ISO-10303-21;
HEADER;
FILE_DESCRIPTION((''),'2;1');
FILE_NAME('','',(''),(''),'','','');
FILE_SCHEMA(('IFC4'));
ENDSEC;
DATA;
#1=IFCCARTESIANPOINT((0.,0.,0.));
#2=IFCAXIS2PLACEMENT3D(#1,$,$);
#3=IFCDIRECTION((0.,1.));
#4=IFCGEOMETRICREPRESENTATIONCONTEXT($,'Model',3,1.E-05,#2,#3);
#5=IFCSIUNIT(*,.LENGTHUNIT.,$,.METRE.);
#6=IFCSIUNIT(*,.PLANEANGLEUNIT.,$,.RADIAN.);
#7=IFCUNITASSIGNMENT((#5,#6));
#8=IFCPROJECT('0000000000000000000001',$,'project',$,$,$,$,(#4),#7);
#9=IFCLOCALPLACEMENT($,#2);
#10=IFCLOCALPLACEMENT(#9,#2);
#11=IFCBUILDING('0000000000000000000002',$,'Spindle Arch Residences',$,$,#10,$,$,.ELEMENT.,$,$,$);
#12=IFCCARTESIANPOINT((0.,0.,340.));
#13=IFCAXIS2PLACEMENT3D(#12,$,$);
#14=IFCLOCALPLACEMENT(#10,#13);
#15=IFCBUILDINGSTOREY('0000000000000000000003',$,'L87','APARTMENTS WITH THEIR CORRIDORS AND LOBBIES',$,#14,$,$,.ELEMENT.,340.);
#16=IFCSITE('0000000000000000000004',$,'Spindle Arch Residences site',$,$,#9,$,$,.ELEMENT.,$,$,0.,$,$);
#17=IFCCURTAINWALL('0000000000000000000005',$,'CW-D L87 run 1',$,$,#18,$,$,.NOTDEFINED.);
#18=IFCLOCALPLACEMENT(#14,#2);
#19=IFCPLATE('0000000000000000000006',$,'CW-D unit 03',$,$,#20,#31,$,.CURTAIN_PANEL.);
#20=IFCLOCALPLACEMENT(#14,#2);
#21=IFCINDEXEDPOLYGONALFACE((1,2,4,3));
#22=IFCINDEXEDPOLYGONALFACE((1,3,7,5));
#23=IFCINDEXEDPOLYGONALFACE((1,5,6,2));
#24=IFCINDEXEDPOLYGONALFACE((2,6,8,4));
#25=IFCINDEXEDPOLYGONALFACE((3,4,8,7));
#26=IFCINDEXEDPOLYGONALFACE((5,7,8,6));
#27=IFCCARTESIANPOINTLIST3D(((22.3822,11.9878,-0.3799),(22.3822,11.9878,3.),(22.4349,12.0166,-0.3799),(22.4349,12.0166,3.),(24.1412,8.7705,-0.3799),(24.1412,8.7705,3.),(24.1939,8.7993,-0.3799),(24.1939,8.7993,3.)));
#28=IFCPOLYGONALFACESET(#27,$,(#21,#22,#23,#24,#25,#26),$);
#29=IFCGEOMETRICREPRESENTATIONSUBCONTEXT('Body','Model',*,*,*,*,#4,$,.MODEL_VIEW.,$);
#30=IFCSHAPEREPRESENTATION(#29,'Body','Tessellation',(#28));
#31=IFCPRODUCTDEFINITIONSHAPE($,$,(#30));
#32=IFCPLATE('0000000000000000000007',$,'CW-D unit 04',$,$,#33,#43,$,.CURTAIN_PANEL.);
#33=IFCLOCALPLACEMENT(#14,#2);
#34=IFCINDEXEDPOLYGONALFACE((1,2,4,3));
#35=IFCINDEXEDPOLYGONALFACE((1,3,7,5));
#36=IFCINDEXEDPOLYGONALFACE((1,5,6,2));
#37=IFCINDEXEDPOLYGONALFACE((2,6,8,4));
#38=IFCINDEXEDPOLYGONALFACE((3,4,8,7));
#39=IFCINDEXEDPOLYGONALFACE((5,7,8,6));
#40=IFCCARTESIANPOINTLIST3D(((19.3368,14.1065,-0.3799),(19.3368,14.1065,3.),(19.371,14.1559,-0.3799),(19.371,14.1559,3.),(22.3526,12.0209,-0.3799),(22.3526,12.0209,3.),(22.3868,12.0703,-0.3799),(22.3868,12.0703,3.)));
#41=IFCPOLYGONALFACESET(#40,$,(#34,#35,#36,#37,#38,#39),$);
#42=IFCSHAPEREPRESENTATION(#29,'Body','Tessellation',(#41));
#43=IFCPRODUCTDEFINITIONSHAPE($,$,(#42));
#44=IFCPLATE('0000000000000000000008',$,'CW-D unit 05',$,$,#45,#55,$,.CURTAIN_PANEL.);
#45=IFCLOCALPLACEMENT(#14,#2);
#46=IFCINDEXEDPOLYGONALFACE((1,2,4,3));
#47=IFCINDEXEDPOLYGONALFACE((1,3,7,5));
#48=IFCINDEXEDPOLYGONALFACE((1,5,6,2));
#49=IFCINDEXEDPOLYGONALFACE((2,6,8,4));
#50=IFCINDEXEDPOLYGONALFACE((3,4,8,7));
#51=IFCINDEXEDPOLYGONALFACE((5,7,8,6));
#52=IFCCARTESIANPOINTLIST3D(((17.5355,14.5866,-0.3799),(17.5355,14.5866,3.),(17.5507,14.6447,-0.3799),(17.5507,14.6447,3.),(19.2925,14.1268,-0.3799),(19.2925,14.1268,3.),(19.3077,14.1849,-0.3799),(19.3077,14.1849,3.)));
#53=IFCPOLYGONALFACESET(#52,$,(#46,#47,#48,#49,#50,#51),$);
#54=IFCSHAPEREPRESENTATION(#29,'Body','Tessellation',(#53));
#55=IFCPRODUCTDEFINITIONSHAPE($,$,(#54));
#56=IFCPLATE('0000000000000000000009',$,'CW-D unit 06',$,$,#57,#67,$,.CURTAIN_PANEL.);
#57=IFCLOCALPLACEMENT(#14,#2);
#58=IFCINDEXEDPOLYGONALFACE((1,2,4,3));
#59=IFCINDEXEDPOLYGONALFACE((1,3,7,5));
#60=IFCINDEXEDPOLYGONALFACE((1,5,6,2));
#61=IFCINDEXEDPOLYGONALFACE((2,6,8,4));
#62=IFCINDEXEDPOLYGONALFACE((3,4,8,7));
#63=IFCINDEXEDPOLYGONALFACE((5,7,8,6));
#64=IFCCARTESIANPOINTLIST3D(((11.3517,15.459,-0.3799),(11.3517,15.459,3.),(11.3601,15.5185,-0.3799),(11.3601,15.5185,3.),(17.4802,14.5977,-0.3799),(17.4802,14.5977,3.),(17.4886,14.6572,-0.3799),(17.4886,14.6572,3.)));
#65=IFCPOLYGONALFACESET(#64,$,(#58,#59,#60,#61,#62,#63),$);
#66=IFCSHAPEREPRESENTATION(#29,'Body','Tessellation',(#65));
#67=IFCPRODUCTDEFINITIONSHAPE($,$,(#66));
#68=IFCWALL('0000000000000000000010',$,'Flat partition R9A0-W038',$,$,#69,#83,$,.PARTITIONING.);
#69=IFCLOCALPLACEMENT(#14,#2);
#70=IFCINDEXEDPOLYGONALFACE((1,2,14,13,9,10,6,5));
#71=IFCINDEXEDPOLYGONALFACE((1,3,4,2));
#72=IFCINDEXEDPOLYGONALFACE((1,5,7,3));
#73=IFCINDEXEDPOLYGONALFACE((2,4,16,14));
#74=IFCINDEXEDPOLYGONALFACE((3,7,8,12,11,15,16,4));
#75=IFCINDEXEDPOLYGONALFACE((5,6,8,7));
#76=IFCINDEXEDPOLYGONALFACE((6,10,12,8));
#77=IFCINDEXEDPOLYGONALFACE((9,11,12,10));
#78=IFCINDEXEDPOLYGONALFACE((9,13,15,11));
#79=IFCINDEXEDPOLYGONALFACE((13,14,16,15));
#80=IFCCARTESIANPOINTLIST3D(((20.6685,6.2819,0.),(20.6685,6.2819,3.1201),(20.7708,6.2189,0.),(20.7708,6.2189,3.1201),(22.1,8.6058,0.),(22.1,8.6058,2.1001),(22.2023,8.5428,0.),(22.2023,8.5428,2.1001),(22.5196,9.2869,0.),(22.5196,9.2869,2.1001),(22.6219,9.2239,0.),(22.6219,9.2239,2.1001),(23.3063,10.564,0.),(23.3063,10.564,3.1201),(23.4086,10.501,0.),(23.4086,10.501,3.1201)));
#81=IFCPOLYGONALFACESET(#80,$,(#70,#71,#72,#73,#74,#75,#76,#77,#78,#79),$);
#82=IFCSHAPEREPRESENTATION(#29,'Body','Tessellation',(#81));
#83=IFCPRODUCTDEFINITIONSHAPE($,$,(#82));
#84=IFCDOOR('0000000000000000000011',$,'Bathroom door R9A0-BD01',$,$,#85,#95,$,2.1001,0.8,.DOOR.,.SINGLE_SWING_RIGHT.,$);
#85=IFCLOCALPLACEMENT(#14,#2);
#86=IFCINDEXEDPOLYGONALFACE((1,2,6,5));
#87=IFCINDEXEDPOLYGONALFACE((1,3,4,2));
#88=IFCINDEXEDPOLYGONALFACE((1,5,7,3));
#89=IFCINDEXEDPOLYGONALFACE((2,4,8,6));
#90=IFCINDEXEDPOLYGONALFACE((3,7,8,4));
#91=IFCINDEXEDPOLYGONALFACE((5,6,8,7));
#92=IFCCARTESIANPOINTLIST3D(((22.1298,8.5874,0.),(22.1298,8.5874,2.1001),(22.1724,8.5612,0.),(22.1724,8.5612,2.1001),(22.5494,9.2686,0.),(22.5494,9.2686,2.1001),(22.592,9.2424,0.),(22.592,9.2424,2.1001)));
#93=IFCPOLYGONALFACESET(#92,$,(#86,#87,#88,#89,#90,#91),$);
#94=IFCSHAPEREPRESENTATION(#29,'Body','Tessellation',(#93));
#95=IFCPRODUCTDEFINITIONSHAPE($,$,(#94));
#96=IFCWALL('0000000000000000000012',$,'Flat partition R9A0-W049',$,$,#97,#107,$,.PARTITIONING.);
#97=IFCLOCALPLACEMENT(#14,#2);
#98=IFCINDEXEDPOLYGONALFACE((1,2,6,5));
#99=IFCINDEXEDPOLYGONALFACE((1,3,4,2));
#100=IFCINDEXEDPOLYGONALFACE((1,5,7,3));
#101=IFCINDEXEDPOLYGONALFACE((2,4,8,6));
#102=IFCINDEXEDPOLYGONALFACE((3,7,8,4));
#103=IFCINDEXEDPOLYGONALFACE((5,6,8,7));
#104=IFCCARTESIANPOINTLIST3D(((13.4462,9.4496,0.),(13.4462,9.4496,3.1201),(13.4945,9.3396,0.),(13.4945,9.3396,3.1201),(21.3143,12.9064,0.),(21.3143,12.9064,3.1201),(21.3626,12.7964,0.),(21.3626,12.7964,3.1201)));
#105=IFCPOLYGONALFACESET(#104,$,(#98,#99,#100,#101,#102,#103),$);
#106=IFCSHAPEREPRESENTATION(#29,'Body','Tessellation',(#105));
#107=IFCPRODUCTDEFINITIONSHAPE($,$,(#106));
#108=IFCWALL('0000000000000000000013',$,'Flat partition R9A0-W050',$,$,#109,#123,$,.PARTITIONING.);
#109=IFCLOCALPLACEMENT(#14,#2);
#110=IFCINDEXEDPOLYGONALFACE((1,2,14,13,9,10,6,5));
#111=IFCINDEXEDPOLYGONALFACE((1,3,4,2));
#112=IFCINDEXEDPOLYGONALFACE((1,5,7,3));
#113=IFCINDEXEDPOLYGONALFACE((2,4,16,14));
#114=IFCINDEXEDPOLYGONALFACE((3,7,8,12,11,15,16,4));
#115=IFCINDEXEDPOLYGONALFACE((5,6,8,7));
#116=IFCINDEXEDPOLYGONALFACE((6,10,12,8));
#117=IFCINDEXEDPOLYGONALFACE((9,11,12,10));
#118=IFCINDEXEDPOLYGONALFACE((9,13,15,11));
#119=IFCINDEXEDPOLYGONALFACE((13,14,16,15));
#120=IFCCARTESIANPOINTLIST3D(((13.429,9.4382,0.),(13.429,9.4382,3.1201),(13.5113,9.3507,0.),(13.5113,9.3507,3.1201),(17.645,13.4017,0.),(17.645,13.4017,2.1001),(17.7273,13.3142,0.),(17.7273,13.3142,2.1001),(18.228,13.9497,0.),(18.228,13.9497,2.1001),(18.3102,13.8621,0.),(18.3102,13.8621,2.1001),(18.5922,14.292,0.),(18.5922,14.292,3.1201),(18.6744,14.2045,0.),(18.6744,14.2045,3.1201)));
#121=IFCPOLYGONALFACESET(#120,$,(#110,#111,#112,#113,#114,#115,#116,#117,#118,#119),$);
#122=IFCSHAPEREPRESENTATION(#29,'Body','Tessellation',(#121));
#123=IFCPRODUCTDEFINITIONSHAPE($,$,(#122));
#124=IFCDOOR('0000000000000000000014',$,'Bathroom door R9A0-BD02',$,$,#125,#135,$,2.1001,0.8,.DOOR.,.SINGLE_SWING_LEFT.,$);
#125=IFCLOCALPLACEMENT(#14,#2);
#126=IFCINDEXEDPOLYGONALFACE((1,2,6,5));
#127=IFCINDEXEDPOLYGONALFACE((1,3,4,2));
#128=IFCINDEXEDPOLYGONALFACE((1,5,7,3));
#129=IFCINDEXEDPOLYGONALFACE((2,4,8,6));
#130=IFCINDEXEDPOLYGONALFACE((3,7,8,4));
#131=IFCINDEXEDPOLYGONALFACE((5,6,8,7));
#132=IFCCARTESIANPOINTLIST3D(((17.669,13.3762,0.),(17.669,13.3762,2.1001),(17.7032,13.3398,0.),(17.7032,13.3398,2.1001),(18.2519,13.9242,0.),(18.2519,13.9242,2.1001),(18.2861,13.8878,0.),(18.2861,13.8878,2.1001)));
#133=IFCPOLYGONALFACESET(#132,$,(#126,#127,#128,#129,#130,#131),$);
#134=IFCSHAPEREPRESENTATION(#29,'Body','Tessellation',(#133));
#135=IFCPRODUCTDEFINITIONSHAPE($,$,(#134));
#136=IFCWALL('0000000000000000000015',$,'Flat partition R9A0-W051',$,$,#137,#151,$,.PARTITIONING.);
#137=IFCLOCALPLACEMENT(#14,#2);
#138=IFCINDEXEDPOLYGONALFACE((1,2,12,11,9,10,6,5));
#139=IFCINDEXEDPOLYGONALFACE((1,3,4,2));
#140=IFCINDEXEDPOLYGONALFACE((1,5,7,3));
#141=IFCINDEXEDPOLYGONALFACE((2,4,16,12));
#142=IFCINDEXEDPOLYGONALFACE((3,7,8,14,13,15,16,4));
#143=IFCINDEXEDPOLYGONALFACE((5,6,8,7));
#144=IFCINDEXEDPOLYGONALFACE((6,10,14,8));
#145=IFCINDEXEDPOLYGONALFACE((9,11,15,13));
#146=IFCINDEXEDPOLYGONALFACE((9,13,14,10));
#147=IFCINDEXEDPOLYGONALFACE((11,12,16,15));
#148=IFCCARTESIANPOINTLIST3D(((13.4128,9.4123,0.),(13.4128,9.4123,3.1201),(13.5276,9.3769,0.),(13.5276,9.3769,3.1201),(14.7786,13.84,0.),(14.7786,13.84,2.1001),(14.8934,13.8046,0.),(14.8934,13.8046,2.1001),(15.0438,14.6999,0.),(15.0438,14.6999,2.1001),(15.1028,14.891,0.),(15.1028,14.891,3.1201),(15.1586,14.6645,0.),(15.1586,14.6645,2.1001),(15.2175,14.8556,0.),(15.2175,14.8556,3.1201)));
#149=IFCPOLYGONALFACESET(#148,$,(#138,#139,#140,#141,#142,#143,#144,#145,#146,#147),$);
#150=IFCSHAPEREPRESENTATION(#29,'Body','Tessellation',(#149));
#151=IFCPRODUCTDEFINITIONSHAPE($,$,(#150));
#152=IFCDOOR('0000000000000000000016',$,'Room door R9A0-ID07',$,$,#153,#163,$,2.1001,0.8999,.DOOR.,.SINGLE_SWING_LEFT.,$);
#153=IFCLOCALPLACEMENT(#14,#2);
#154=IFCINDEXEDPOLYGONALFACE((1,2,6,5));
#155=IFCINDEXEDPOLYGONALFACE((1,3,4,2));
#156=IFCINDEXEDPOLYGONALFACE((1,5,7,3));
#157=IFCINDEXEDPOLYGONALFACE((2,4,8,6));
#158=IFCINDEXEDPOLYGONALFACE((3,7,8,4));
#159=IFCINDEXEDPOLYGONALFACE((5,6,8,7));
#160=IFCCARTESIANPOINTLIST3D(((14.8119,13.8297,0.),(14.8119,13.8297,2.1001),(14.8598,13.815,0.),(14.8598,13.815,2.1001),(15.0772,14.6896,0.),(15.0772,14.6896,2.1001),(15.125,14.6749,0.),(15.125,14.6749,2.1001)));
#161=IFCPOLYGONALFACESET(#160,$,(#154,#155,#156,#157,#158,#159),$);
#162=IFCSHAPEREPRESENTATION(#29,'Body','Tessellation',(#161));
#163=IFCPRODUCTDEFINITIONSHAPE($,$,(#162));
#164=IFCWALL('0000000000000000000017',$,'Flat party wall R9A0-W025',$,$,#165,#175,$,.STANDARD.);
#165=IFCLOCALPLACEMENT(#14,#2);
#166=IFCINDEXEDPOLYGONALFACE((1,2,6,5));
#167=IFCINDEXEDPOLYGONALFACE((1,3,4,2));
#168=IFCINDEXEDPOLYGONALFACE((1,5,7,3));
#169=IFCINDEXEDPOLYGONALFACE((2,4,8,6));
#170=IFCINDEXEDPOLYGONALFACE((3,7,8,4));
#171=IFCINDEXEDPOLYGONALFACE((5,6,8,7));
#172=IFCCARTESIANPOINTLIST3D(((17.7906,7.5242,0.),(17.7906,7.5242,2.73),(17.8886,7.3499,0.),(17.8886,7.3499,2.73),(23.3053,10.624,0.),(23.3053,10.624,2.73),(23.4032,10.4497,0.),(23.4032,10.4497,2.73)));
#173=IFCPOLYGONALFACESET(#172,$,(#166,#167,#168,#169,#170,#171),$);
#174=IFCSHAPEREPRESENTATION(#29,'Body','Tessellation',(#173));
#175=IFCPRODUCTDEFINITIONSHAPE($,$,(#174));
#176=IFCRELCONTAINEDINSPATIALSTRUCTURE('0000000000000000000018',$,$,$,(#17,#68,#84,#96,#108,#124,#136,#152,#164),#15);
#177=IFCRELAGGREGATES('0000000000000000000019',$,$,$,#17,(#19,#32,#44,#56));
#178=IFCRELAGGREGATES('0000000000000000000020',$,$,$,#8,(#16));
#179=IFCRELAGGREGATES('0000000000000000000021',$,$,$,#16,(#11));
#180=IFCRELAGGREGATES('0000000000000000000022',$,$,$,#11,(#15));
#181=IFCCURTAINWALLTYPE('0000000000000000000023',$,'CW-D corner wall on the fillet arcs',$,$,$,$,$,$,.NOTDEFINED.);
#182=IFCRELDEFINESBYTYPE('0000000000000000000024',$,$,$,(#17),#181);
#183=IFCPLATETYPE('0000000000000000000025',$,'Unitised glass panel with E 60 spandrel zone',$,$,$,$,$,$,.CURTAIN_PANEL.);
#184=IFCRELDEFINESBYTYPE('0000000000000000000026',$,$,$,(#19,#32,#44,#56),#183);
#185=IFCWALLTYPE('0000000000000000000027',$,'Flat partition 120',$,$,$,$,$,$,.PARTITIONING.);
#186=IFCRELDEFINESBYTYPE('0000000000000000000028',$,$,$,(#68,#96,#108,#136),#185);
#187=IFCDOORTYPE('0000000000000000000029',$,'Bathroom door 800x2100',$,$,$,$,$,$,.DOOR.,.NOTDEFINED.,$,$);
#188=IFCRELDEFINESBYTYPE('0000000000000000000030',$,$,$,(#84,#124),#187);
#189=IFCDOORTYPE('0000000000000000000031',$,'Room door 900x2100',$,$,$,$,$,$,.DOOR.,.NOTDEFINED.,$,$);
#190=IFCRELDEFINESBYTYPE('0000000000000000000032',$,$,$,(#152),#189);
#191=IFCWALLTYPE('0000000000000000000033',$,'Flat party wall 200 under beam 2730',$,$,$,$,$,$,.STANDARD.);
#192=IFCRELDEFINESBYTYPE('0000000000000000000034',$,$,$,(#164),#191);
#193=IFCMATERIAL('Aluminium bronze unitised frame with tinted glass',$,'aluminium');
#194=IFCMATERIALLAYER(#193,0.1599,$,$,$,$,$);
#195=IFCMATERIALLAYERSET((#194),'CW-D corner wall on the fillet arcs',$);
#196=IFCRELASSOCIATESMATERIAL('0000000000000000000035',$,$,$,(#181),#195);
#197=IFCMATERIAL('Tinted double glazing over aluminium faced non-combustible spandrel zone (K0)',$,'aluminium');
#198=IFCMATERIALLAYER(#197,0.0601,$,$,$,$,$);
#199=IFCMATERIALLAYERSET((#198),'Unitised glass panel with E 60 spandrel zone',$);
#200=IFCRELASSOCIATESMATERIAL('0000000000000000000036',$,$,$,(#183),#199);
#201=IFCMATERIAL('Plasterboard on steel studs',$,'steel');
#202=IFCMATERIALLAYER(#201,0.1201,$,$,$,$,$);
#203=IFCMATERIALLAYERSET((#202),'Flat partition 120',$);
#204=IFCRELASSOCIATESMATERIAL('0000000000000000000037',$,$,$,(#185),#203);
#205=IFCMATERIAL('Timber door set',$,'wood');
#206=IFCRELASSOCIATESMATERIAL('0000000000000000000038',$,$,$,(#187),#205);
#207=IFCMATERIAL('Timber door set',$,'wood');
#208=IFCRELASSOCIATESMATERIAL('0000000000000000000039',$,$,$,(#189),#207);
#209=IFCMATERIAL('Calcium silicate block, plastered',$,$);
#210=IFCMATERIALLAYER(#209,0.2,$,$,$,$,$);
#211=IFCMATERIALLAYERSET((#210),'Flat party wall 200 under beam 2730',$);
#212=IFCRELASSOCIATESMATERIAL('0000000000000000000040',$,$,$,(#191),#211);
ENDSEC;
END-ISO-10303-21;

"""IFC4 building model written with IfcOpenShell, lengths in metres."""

from ifc_helpers import new_model, si_unit, direction, frame, frame_2d, origin, origin_2d, place, context, subcontext, project, spatial, rectangle, extrude, material, layer, layer_set, type_object, element, fill, aggregate, save


model = new_model("IFC4")

# Units and contexts
model_context = context("Model", 3, precision=1e-05, world=origin(), true_north=direction((0.0, 1.0)))
body_context = subcontext(model_context, "Body", "Model", "MODEL_VIEW")
ifc_project = project(units=[si_unit("LENGTHUNIT", "METRE"), si_unit("PLANEANGLEUNIT", "RADIAN")], contexts=[model_context])

# Site, building, storey
site_placement = place(None, origin())
site = spatial("IfcSite", under=ifc_project, at=site_placement, Name="Spindle Arch Residences site", CompositionType="ELEMENT", RefElevation=0.0)
building_placement = place(site_placement, origin())
building = spatial("IfcBuilding", under=site, at=building_placement, Name="Spindle Arch Residences", CompositionType="ELEMENT")
storey_placement = place(building_placement, frame((0.0, 0.0, 340.0)))
storey = spatial("IfcBuildingStorey", under=building, at=storey_placement, Name="L87", Description="APARTMENTS WITH THEIR CORRIDORS AND LOBBIES", CompositionType="ELEMENT", Elevation=340.0)

# Curtain wall
ifc_material_1 = material(Name="Aluminium bronze unitised frame with tinted glass", Category="aluminium")
ifc_layer_1 = layer(ifc_material_1, 0.1599)
ifc_layer_set_1 = layer_set([ifc_layer_1], Name="CW-D corner wall on the fillet arcs")
curtain_wall_type = type_object("IfcCurtainWallType", Name="CW-D corner wall on the fillet arcs", PredefinedType="NOTDEFINED", material=ifc_layer_set_1)
curtain_wall_placement = place(storey_placement, origin())
curtain_wall = element("IfcCurtainWall", 1, at=curtain_wall_placement, inside=storey, type_object=curtain_wall_type, Name="CW-D L87 run 1", PredefinedType="NOTDEFINED")

# Plates
ifc_material_2 = material(Name="Tinted double glazing over aluminium faced non-combustible spandrel zone (K0)", Category="aluminium")
ifc_layer_2 = layer(ifc_material_2, 0.0601)
ifc_layer_set_2 = layer_set([ifc_layer_2], Name="Unitised glass panel with E 60 spandrel zone")
plate_type = type_object("IfcPlateType", Name="Unitised glass panel with E 60 spandrel zone", PredefinedType="CURTAIN_PANEL", material=ifc_layer_set_2)
plate_1_placement = place(storey_placement, frame((23.2881, 10.3936, -0.3799), z_axis=(0.0, 0.0, 1.0), x_axis=(-0.479713, 0.877425, 0.0)))
plate_1 = element("IfcPlate", 2, at=plate_1_placement, type_object=plate_type, Name="CW-D unit 03", PredefinedType="CURTAIN_PANEL", context=body_context, shape_type="SweptSolid", body=[
    extrude(rectangle(XDim=3.6667, YDim=0.0601, at=origin_2d()), origin(), (0.0, 0.0, 1.0), 3.3799),
])
plate_2_placement = place(storey_placement, frame((20.8618, 13.0884, -0.3799), z_axis=(0.0, 0.0, 1.0), x_axis=(-0.822475, 0.568801, 0.0)))
plate_2 = element("IfcPlate", 3, at=plate_2_placement, type_object=plate_type, Name="CW-D unit 04", PredefinedType="CURTAIN_PANEL", context=body_context, shape_type="SweptSolid", body=[
    extrude(rectangle(XDim=3.6667, YDim=0.0601, at=origin_2d()), origin(), (0.0, 0.0, 1.0), 3.3799),
])
plate_3_placement = place(storey_placement, frame((18.4216, 14.3857, -0.3799), z_axis=(0.0, 0.0, 1.0), x_axis=(-0.967415, 0.253195, 0.0)))
plate_3 = element("IfcPlate", 4, at=plate_3_placement, type_object=plate_type, Name="CW-D unit 05", PredefinedType="CURTAIN_PANEL", context=body_context, shape_type="SweptSolid", body=[
    extrude(rectangle(XDim=1.8162, YDim=0.0601, at=origin_2d()), origin(), (0.0, 0.0, 1.0), 3.3799),
])
plate_4_placement = place(storey_placement, frame((14.4202, 15.0581, -0.3799), z_axis=(0.0, 0.0, 1.0), x_axis=(-0.990268, 0.139173, 0.0)))
plate_4 = element("IfcPlate", 5, at=plate_4_placement, type_object=plate_type, Name="CW-D unit 06", PredefinedType="CURTAIN_PANEL", context=body_context, shape_type="SweptSolid", body=[
    extrude(rectangle(XDim=6.1887, YDim=0.0601, at=origin_2d()), origin(), (0.0, 0.0, 1.0), 3.3799),
])
aggregate(curtain_wall, [plate_1, plate_2, plate_3, plate_4])

# Wall, opening, door
ifc_material_3 = material(Name="Plasterboard on steel studs", Category="steel")
ifc_layer_3 = layer(ifc_material_3, 0.1201)
ifc_layer_set_3 = layer_set([ifc_layer_3], Name="Flat partition 120")
wall_type_1 = type_object("IfcWallType", Name="Flat partition 120", PredefinedType="PARTITIONING", material=ifc_layer_set_3)
wall_1_placement = place(storey_placement, frame((23.3574, 10.5325, 0.0), z_axis=(0.0, 0.0, 1.0), x_axis=(-0.524477, -0.851425, 0.0)))
wall_1 = element("IfcWall", 6, at=wall_1_placement, inside=storey, type_object=wall_type_1, Name="Flat partition R9A0-W038", PredefinedType="PARTITIONING", context=body_context, shape_type="SweptSolid", body=[
    extrude(rectangle(XDim=5.0293, YDim=0.1201, at=frame_2d((2.5146, 0.0))), origin(), (0.0, 0.0, 1.0), 3.1201),
])
opening_1_placement = place(wall_1_placement, frame((1.5, 0.0, 0.0)))
opening_1 = element("IfcOpeningElement", 7, at=opening_1_placement, cuts=wall_1, PredefinedType="OPENING", context=body_context, shape_type="SweptSolid", body=[
    extrude(rectangle(XDim=0.8, YDim=2.1001, at=frame_2d((0.3999, 1.05))), frame((0.0, 0.0701, 0.0), z_axis=(0.0, -1.0, 0.0), x_axis=(1.0, 0.0, 0.0)), (0.0, 0.0, 1.0), 0.1401),
])
ifc_material_4 = material(Name="Timber door set", Category="wood")
door_type_1 = type_object("IfcDoorType", Name="Bathroom door 800x2100", OperationType="NOTDEFINED", PredefinedType="DOOR", material=ifc_material_4)
door_1_placement = place(opening_1_placement, origin())
door_1 = element("IfcDoor", 8, at=door_1_placement, inside=storey, type_object=door_type_1, Name="Bathroom door R9A0-BD01", OperationType="SINGLE_SWING_RIGHT", OverallHeight=2.1001, OverallWidth=0.8, PredefinedType="DOOR", context=body_context, shape_type="SweptSolid", body=[
    extrude(rectangle(XDim=0.8, YDim=2.1001, at=frame_2d((0.3999, 1.05))), frame((0.0, 0.0249, 0.0), z_axis=(0.0, -1.0, 0.0), x_axis=(1.0, 0.0, 0.0)), (0.0, 0.0, 1.0), 0.05),
])
fill(opening_1, door_1)

# Wall
wall_2_placement = place(storey_placement, frame((21.3384, 12.8513, 0.0), z_axis=(0.0, 0.0, 1.0), x_axis=(-0.915538, -0.402231, 0.0)))
element("IfcWall", 9, at=wall_2_placement, inside=storey, type_object=wall_type_1, Name="Flat partition R9A0-W049", PredefinedType="PARTITIONING", context=body_context, shape_type="SweptSolid", body=[
    extrude(rectangle(XDim=8.594, YDim=0.1201, at=frame_2d((4.2969, 0.0))), origin(), (0.0, 0.0, 1.0), 3.1201),
])

# Walls, openings, doors
wall_3_placement = place(storey_placement, frame((18.6333, 14.2483, 0.0), z_axis=(0.0, 0.0, 1.0), x_axis=(-0.728595, -0.684944, 0.0)))
wall_3 = element("IfcWall", 10, at=wall_3_placement, inside=storey, type_object=wall_type_1, Name="Flat partition R9A0-W050", PredefinedType="PARTITIONING", context=body_context, shape_type="SweptSolid", body=[
    extrude(rectangle(XDim=7.0864, YDim=0.1201, at=frame_2d((3.5432, 0.0))), origin(), (0.0, 0.0, 1.0), 3.1201),
])
opening_2_placement = place(wall_3_placement, frame((0.5, 0.0, 0.0)))
opening_2 = element("IfcOpeningElement", 11, at=opening_2_placement, cuts=wall_3, PredefinedType="OPENING", context=body_context, shape_type="SweptSolid", body=[
    extrude(rectangle(XDim=0.8, YDim=2.1001, at=frame_2d((0.3999, 1.05))), frame((0.0, 0.0701, 0.0), z_axis=(0.0, -1.0, 0.0), x_axis=(1.0, 0.0, 0.0)), (0.0, 0.0, 1.0), 0.1401),
])
door_2_placement = place(opening_2_placement, origin())
door_2 = element("IfcDoor", 12, at=door_2_placement, inside=storey, type_object=door_type_1, Name="Bathroom door R9A0-BD02", OperationType="SINGLE_SWING_LEFT", OverallHeight=2.1001, OverallWidth=0.8, PredefinedType="DOOR", context=body_context, shape_type="SweptSolid", body=[
    extrude(rectangle(XDim=0.8, YDim=2.1001, at=frame_2d((0.3999, 1.05))), frame((0.0, 0.0249, 0.0), z_axis=(0.0, -1.0, 0.0), x_axis=(1.0, 0.0, 0.0)), (0.0, 0.0, 1.0), 0.05),
])
fill(opening_2, door_2)
wall_4_placement = place(storey_placement, frame((15.1602, 14.8733, 0.0), z_axis=(0.0, 0.0, 1.0), x_axis=(-0.29475, -0.955574, 0.0)))
wall_4 = element("IfcWall", 13, at=wall_4_placement, inside=storey, type_object=wall_type_1, Name="Flat partition R9A0-W051", PredefinedType="PARTITIONING", context=body_context, shape_type="SweptSolid", body=[
    extrude(rectangle(XDim=5.7334, YDim=0.1201, at=frame_2d((2.8667, 0.0))), origin(), (0.0, 0.0, 1.0), 3.1201),
])
opening_3_placement = place(wall_4_placement, frame((0.2, 0.0, 0.0)))
opening_3 = element("IfcOpeningElement", 14, at=opening_3_placement, cuts=wall_4, PredefinedType="OPENING", context=body_context, shape_type="SweptSolid", body=[
    extrude(rectangle(XDim=0.8999, YDim=2.1001, at=frame_2d((0.45, 1.05))), frame((0.0, 0.0701, 0.0), z_axis=(0.0, -1.0, 0.0), x_axis=(1.0, 0.0, 0.0)), (0.0, 0.0, 1.0), 0.1401),
])
ifc_material_5 = material(Name="Timber door set", Category="wood")
door_type_2 = type_object("IfcDoorType", Name="Room door 900x2100", OperationType="NOTDEFINED", PredefinedType="DOOR", material=ifc_material_5)
door_3_placement = place(opening_3_placement, origin())
door_3 = element("IfcDoor", 15, at=door_3_placement, inside=storey, type_object=door_type_2, Name="Room door R9A0-ID07", OperationType="SINGLE_SWING_LEFT", OverallHeight=2.1001, OverallWidth=0.8999, PredefinedType="DOOR", context=body_context, shape_type="SweptSolid", body=[
    extrude(rectangle(XDim=0.8999, YDim=2.1001, at=frame_2d((0.45, 1.05))), frame((0.0, 0.0249, 0.0), z_axis=(0.0, -1.0, 0.0), x_axis=(1.0, 0.0, 0.0)), (0.0, 0.0, 1.0), 0.05),
])
fill(opening_3, door_3)

# Wall
ifc_material_6 = material(Name="Calcium silicate block, plastered")
ifc_layer_4 = layer(ifc_material_6, 0.2)
ifc_layer_set_4 = layer_set([ifc_layer_4], Name="Flat party wall 200 under beam 2730")
wall_type_2 = type_object("IfcWallType", Name="Flat party wall 200 under beam 2730", PredefinedType="STANDARD", material=ifc_layer_set_4)
wall_5_placement = place(storey_placement, frame((23.3542, 10.5369, 0.0), z_axis=(0.0, 0.0, 1.0), x_axis=(-0.87172, -0.490005, 0.0)))
element("IfcWall", 16, at=wall_5_placement, inside=storey, type_object=wall_type_2, Name="Flat party wall R9A0-W025", PredefinedType="STANDARD", context=body_context, shape_type="SweptSolid", body=[
    extrude(rectangle(XDim=6.3262, YDim=0.2, at=frame_2d((3.1631, 0.0))), origin(), (0.0, 0.0, 1.0), 2.73),
])

save(model, "model.ifc")
